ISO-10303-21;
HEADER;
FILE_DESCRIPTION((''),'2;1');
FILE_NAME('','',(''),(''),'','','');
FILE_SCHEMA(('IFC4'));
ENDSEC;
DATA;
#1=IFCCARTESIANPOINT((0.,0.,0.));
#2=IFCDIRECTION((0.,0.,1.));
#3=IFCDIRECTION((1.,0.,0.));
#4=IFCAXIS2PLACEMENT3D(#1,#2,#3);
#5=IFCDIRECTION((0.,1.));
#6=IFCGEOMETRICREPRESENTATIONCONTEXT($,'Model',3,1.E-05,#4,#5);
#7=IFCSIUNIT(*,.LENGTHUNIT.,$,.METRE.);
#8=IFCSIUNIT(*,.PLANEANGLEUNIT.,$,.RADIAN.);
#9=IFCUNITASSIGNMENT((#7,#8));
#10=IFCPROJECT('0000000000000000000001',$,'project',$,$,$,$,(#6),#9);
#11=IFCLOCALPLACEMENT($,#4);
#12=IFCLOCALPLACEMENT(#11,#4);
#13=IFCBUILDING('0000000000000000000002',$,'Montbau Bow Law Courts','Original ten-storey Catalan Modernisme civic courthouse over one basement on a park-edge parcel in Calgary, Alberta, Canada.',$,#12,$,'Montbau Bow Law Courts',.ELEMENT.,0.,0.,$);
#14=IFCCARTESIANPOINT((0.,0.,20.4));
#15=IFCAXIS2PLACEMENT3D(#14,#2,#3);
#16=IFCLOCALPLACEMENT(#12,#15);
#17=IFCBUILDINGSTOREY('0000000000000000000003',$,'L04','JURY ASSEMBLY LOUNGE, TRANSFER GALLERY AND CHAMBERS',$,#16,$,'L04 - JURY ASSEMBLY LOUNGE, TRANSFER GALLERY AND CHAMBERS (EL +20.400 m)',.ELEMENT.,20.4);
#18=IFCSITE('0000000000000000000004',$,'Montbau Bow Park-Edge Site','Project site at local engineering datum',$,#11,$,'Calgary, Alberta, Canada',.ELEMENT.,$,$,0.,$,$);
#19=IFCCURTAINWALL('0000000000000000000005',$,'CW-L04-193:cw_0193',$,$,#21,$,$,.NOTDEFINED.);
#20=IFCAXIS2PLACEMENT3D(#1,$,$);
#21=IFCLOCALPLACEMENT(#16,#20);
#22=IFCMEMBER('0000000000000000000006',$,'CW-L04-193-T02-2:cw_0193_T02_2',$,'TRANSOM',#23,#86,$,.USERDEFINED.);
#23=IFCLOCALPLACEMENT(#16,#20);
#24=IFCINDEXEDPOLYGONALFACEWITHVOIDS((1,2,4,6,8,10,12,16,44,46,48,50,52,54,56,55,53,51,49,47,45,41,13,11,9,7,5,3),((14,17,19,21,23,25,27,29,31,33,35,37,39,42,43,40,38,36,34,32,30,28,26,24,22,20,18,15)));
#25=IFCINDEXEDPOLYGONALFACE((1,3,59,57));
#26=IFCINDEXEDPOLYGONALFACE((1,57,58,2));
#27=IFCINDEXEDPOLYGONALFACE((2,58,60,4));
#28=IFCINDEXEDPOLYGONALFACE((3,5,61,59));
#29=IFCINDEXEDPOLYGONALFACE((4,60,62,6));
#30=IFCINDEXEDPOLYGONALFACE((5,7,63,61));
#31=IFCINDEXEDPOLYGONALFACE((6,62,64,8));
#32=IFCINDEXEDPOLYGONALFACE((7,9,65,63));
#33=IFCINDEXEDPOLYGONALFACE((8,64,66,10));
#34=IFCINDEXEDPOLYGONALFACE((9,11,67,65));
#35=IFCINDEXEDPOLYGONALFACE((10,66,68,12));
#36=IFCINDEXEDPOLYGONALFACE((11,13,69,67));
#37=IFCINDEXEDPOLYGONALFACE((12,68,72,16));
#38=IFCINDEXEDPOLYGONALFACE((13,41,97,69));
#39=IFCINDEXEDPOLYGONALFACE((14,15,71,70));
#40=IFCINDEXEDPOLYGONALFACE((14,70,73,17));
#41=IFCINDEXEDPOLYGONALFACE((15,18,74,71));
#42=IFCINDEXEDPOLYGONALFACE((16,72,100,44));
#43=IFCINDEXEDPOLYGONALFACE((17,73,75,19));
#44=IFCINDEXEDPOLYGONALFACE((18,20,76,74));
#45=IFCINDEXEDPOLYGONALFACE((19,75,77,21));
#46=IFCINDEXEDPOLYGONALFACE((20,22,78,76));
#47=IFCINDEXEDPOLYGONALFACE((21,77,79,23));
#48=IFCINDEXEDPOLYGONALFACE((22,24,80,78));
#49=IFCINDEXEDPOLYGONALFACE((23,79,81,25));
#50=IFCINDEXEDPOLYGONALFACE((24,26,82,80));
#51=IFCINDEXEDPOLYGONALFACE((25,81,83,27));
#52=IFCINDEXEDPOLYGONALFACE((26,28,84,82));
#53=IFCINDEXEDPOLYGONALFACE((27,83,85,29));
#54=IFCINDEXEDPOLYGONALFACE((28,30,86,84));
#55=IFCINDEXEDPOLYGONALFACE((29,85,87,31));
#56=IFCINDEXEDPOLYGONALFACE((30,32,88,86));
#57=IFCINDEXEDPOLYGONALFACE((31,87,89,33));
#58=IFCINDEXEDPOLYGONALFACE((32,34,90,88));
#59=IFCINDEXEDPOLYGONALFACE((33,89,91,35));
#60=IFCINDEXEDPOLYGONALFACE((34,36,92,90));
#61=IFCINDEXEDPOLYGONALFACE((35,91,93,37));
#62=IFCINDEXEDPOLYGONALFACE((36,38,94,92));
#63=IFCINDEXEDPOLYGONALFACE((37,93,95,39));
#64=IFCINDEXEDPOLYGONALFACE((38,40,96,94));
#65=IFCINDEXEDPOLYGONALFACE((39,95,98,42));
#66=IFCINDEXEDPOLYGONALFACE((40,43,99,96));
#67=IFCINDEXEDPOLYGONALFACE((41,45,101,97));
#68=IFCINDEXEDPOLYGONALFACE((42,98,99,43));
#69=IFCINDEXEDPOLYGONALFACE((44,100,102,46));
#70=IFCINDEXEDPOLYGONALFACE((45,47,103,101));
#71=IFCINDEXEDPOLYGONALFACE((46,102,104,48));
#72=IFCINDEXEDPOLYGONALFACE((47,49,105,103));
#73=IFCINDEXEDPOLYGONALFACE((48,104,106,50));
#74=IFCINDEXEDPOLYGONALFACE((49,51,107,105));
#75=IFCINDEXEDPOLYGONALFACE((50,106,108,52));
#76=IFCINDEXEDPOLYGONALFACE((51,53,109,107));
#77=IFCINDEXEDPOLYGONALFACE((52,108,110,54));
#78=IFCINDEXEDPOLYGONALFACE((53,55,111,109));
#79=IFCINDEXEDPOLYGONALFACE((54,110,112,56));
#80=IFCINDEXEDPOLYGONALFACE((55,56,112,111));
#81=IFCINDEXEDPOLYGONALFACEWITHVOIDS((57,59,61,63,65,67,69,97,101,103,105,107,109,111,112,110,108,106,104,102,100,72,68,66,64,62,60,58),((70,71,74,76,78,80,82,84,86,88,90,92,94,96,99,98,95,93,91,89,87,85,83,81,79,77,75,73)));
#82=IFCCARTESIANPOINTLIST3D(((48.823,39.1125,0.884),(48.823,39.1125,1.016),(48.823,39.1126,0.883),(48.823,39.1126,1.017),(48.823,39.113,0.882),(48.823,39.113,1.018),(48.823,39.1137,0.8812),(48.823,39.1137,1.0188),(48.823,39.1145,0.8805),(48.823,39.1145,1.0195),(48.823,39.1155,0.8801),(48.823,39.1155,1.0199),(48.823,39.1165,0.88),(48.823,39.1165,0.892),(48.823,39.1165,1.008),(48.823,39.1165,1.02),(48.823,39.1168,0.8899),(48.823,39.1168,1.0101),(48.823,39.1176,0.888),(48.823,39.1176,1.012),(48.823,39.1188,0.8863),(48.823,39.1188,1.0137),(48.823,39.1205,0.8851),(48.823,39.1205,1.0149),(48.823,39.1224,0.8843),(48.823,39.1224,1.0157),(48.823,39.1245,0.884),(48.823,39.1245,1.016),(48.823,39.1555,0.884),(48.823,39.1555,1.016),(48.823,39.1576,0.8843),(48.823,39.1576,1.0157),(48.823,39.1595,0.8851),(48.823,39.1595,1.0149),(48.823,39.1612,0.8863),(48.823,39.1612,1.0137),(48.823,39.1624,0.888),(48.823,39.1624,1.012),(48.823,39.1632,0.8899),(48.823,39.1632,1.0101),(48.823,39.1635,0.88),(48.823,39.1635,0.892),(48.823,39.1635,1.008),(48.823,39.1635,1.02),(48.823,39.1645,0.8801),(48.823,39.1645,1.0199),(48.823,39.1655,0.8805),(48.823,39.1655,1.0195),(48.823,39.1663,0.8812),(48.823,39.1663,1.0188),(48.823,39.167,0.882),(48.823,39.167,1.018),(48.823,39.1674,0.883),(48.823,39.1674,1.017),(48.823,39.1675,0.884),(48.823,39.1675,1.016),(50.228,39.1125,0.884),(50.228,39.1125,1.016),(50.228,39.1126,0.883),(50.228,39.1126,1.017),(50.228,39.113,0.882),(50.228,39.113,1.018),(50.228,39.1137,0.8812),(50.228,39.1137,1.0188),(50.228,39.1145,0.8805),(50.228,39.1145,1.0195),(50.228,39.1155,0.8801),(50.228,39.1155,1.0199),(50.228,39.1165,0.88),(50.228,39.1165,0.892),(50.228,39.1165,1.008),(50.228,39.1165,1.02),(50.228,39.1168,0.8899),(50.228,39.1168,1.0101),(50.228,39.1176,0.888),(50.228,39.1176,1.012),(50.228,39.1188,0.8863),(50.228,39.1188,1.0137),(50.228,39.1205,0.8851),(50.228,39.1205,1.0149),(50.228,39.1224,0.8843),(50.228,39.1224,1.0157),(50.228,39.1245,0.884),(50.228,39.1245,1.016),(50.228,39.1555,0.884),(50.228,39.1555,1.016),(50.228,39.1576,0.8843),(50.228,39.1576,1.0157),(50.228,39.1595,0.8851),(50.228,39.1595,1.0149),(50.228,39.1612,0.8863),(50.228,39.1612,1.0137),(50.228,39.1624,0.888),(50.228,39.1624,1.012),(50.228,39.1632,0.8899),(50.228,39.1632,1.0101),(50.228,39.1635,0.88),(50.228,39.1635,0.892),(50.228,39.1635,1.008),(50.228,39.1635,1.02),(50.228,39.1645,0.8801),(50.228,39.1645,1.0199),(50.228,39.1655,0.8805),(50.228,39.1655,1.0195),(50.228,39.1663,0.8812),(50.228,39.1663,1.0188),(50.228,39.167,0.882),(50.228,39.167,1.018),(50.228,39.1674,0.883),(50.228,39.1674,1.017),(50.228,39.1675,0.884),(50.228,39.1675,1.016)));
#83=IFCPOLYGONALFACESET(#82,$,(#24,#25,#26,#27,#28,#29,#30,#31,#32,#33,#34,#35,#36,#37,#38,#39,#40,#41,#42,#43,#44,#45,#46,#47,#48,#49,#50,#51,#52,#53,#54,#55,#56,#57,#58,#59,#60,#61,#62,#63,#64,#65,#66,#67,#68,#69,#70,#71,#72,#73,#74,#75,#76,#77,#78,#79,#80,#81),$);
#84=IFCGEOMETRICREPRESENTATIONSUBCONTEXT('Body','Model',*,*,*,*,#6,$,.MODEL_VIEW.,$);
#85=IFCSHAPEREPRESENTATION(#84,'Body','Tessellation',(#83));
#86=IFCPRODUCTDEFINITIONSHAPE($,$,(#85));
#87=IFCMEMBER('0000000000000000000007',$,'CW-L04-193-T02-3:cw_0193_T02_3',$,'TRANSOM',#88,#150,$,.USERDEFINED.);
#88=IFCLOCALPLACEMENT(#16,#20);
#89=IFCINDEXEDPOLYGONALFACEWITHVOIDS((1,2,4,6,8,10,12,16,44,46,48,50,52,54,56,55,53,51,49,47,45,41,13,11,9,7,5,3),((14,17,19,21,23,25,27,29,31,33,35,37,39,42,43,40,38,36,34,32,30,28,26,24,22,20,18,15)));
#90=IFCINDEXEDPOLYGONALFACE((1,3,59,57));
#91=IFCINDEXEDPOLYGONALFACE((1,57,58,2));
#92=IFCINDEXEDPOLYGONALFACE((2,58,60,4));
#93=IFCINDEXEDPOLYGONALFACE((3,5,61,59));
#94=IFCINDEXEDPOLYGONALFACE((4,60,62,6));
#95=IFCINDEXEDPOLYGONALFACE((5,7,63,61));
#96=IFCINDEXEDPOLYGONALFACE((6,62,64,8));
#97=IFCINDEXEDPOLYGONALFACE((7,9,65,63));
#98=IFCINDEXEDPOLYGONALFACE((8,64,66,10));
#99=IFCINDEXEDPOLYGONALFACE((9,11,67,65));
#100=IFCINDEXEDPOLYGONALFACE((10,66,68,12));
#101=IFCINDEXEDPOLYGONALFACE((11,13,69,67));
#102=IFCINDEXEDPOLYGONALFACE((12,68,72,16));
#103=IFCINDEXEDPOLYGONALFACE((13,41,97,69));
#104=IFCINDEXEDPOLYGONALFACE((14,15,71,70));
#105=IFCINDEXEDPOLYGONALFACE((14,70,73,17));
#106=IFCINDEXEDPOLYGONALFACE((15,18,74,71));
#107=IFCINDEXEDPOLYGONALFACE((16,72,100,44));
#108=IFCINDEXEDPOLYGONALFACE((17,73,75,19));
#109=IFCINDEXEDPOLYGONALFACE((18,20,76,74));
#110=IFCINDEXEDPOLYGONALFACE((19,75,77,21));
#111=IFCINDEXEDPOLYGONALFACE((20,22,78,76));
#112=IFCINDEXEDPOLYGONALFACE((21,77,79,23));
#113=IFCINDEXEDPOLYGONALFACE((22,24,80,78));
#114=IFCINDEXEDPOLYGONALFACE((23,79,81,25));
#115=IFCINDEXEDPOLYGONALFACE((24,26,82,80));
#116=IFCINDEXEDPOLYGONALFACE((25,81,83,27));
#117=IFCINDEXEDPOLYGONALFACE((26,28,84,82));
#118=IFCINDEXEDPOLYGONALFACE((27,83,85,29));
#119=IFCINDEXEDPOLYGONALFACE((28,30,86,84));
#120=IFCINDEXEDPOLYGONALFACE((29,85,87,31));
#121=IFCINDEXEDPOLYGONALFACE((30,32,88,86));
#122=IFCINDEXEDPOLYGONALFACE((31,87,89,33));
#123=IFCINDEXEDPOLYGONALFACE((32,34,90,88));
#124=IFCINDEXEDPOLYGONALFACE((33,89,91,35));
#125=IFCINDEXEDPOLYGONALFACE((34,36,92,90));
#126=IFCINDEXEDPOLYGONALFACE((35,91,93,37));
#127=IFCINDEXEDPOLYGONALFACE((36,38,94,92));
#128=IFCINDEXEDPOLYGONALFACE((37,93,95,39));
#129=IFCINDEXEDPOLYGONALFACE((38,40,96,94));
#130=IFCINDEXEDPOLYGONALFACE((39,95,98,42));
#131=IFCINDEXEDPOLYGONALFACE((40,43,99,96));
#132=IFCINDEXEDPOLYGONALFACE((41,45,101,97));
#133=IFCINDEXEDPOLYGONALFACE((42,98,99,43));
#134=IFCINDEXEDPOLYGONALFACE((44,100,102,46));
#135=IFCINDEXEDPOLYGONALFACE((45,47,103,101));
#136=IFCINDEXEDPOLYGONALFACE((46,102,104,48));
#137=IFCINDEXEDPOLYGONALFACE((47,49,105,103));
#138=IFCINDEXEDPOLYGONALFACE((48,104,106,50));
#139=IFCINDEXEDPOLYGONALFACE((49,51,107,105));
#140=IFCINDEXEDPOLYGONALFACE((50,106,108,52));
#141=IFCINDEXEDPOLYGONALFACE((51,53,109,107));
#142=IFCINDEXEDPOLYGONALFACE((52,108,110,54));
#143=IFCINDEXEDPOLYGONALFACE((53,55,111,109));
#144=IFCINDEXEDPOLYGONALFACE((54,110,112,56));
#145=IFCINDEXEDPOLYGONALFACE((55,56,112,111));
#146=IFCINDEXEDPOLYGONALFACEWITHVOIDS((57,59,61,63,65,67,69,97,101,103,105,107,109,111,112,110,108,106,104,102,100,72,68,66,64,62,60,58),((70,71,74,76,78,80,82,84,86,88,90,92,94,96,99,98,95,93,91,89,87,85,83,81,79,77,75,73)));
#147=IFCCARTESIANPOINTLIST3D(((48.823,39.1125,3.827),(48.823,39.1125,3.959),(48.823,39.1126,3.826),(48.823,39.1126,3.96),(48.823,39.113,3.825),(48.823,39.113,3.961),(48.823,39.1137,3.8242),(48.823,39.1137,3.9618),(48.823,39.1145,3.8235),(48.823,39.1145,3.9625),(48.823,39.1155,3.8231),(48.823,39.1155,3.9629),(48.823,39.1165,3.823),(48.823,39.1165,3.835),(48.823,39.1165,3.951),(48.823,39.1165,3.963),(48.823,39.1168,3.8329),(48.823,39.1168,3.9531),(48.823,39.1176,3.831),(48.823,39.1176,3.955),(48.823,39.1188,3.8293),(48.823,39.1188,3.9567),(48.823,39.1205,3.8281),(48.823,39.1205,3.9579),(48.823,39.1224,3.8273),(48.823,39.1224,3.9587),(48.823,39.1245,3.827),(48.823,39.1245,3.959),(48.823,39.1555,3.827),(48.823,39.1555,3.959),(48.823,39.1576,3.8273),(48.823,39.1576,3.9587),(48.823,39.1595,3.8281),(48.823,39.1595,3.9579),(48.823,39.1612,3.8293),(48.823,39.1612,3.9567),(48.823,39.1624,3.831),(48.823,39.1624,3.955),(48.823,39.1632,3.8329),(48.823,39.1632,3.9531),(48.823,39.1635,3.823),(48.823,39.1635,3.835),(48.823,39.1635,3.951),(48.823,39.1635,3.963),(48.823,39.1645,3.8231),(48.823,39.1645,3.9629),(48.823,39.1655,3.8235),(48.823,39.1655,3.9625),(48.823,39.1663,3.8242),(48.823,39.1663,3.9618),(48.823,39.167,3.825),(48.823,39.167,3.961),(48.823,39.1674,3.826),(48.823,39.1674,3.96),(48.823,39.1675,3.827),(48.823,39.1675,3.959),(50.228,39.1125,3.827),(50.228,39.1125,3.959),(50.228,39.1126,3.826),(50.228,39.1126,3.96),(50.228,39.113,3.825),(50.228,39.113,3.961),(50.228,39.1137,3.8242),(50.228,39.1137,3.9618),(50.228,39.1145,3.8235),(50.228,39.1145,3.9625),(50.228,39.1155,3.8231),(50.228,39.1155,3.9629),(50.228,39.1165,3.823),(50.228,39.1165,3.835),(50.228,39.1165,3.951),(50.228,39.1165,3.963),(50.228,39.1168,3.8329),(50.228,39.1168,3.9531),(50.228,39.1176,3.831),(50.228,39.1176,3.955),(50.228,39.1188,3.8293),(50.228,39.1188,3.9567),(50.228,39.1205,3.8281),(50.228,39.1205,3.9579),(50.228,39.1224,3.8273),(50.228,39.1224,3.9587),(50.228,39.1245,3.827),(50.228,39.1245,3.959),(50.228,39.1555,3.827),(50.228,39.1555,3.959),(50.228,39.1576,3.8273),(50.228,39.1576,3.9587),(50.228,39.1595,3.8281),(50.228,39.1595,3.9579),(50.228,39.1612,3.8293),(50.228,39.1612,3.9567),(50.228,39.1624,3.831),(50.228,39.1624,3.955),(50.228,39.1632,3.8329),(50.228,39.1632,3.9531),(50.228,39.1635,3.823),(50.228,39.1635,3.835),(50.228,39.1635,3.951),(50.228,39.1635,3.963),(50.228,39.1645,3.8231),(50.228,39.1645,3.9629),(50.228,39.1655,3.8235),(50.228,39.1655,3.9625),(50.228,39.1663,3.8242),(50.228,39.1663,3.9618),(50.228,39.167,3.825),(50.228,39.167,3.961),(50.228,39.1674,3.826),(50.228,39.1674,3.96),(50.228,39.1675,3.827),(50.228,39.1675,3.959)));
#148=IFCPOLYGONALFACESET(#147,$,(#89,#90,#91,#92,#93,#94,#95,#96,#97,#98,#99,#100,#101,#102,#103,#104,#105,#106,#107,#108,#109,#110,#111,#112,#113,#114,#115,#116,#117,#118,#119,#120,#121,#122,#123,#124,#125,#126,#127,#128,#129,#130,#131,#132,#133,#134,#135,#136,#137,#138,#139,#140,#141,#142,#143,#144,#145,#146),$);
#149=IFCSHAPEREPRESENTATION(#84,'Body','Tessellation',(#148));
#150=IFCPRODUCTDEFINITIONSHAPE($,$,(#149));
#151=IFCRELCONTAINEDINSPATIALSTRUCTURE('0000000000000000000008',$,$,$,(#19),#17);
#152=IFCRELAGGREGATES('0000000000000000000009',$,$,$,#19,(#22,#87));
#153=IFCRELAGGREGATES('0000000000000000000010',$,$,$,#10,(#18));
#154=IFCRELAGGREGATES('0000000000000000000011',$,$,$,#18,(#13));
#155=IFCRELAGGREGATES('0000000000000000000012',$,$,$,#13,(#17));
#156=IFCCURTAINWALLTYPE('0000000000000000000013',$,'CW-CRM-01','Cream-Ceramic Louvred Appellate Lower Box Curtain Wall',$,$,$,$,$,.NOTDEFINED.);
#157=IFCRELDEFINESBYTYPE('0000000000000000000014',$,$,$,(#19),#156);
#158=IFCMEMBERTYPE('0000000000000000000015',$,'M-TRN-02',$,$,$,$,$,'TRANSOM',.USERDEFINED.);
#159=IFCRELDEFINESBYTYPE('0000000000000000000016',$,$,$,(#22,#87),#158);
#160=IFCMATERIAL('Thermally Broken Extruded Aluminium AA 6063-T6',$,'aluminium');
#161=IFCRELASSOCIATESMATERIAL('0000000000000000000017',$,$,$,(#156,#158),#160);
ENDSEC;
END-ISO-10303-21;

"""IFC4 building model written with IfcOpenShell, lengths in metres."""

from ifc_helpers import new_model, si_unit, direction, frame, origin_with_axes, origin_2d_with_axis, place, context, subcontext, project, spatial, hollow_rectangle, extrude, material, material_profile, profile_set, type_object, element, aggregate, save


model = new_model("IFC4")

# Units and contexts
model_context = context("Model", 3, precision=1e-05, world=origin_with_axes(), true_north=direction((0.0, 1.0)))
body_context = subcontext(model_context, "Body", "Model", "MODEL_VIEW")
ifc_project = project(units=[si_unit("LENGTHUNIT", "METRE"), si_unit("PLANEANGLEUNIT", "RADIAN")], contexts=[model_context])

# Site, building, storey
site_placement = place(None, origin_with_axes())
site = spatial("IfcSite", under=ifc_project, at=site_placement, Name="Montbau Bow Park-Edge Site", Description="Project site at local engineering datum", LongName="Calgary, Alberta, Canada", CompositionType="ELEMENT", RefElevation=0.0)
building_placement = place(site_placement, origin_with_axes())
building = spatial("IfcBuilding", under=site, at=building_placement, Name="Montbau Bow Law Courts", Description="Original ten-storey Catalan Modernisme civic courthouse over one basement on a park-edge parcel in Calgary, Alberta, Canada.", LongName="Montbau Bow Law Courts", CompositionType="ELEMENT", ElevationOfRefHeight=0.0, ElevationOfTerrain=0.0)
storey_placement = place(building_placement, frame((0.0, 0.0, 20.4), z_axis=(0.0, 0.0, 1.0), x_axis=(1.0, 0.0, 0.0)))
storey = spatial("IfcBuildingStorey", under=building, at=storey_placement, Name="L04", Description="JURY ASSEMBLY LOUNGE, TRANSFER GALLERY AND CHAMBERS", LongName="L04 - JURY ASSEMBLY LOUNGE, TRANSFER GALLERY AND CHAMBERS (EL +20.400 m)", CompositionType="ELEMENT", Elevation=20.4)

# Curtain wall
ifc_material_1 = material(Name="Thermally Broken Extruded Aluminium AA 6063-T6", Category="aluminium")
curtain_wall_type = type_object("IfcCurtainWallType", Name="CW-CRM-01", Description="Cream-Ceramic Louvred Appellate Lower Box Curtain Wall", PredefinedType="NOTDEFINED", material=ifc_material_1)
curtain_wall_1_placement = place(None, frame((47.315, 39.14, 20.4), z_axis=(0.0, 0.0, 1.0), x_axis=(1.0, 0.0, 0.0)))
curtain_wall_1 = element("IfcCurtainWall", 1, at=curtain_wall_1_placement, inside=storey, type_object=curtain_wall_type, Name="CW-L04-193:cw_0193", PredefinedType="NOTDEFINED")

# Members
ifc_material_profile_1 = material_profile(ifc_material_1, hollow_rectangle(XDim=0.055, YDim=0.14, WallThickness=0.004, InnerFilletRadius=0.008, OuterFilletRadius=0.004, at=origin_2d_with_axis()), Name="CWT-140X55", Category="Main", Priority=0)
ifc_profile_set_1 = profile_set([ifc_material_profile_1], Name="Thermally Broken Extruded Aluminium AA 6063-T6")
member_type_1 = type_object("IfcMemberType", Name="M-TRN-02", ElementType="TRANSOM", PredefinedType="USERDEFINED", material=ifc_profile_set_1)
member_1_placement = place(None, frame((48.823, 39.14, 21.35), z_axis=(1.0, 0.0, 0.0), x_axis=(0.0, 1.0, 0.0)))
member_1 = element("IfcMember", 2, at=member_1_placement, type_object=member_type_1, Name="CW-L04-193-T02-2:cw_0193_T02_2", ObjectType="TRANSOM", PredefinedType="USERDEFINED", context=body_context, shape_type="SweptSolid", body=[
    extrude(hollow_rectangle(XDim=0.055, YDim=0.14, WallThickness=0.004, InnerFilletRadius=0.008, OuterFilletRadius=0.004, at=origin_2d_with_axis()), origin_with_axes(), (0.0, 0.0, 1.0), 1.405),
])
member_2_placement = place(None, frame((48.823, 39.14, 24.293), z_axis=(1.0, 0.0, 0.0), x_axis=(0.0, 1.0, 0.0)))
member_2 = element("IfcMember", 3, at=member_2_placement, type_object=member_type_1, Name="CW-L04-193-T02-3:cw_0193_T02_3", ObjectType="TRANSOM", PredefinedType="USERDEFINED", context=body_context, shape_type="SweptSolid", body=[
    extrude(hollow_rectangle(XDim=0.055, YDim=0.14, WallThickness=0.004, InnerFilletRadius=0.008, OuterFilletRadius=0.004, at=origin_2d_with_axis()), origin_with_axes(), (0.0, 0.0, 1.0), 1.405),
])

aggregate(curtain_wall_1, [member_1, member_2])

save(model, "model.ifc")
